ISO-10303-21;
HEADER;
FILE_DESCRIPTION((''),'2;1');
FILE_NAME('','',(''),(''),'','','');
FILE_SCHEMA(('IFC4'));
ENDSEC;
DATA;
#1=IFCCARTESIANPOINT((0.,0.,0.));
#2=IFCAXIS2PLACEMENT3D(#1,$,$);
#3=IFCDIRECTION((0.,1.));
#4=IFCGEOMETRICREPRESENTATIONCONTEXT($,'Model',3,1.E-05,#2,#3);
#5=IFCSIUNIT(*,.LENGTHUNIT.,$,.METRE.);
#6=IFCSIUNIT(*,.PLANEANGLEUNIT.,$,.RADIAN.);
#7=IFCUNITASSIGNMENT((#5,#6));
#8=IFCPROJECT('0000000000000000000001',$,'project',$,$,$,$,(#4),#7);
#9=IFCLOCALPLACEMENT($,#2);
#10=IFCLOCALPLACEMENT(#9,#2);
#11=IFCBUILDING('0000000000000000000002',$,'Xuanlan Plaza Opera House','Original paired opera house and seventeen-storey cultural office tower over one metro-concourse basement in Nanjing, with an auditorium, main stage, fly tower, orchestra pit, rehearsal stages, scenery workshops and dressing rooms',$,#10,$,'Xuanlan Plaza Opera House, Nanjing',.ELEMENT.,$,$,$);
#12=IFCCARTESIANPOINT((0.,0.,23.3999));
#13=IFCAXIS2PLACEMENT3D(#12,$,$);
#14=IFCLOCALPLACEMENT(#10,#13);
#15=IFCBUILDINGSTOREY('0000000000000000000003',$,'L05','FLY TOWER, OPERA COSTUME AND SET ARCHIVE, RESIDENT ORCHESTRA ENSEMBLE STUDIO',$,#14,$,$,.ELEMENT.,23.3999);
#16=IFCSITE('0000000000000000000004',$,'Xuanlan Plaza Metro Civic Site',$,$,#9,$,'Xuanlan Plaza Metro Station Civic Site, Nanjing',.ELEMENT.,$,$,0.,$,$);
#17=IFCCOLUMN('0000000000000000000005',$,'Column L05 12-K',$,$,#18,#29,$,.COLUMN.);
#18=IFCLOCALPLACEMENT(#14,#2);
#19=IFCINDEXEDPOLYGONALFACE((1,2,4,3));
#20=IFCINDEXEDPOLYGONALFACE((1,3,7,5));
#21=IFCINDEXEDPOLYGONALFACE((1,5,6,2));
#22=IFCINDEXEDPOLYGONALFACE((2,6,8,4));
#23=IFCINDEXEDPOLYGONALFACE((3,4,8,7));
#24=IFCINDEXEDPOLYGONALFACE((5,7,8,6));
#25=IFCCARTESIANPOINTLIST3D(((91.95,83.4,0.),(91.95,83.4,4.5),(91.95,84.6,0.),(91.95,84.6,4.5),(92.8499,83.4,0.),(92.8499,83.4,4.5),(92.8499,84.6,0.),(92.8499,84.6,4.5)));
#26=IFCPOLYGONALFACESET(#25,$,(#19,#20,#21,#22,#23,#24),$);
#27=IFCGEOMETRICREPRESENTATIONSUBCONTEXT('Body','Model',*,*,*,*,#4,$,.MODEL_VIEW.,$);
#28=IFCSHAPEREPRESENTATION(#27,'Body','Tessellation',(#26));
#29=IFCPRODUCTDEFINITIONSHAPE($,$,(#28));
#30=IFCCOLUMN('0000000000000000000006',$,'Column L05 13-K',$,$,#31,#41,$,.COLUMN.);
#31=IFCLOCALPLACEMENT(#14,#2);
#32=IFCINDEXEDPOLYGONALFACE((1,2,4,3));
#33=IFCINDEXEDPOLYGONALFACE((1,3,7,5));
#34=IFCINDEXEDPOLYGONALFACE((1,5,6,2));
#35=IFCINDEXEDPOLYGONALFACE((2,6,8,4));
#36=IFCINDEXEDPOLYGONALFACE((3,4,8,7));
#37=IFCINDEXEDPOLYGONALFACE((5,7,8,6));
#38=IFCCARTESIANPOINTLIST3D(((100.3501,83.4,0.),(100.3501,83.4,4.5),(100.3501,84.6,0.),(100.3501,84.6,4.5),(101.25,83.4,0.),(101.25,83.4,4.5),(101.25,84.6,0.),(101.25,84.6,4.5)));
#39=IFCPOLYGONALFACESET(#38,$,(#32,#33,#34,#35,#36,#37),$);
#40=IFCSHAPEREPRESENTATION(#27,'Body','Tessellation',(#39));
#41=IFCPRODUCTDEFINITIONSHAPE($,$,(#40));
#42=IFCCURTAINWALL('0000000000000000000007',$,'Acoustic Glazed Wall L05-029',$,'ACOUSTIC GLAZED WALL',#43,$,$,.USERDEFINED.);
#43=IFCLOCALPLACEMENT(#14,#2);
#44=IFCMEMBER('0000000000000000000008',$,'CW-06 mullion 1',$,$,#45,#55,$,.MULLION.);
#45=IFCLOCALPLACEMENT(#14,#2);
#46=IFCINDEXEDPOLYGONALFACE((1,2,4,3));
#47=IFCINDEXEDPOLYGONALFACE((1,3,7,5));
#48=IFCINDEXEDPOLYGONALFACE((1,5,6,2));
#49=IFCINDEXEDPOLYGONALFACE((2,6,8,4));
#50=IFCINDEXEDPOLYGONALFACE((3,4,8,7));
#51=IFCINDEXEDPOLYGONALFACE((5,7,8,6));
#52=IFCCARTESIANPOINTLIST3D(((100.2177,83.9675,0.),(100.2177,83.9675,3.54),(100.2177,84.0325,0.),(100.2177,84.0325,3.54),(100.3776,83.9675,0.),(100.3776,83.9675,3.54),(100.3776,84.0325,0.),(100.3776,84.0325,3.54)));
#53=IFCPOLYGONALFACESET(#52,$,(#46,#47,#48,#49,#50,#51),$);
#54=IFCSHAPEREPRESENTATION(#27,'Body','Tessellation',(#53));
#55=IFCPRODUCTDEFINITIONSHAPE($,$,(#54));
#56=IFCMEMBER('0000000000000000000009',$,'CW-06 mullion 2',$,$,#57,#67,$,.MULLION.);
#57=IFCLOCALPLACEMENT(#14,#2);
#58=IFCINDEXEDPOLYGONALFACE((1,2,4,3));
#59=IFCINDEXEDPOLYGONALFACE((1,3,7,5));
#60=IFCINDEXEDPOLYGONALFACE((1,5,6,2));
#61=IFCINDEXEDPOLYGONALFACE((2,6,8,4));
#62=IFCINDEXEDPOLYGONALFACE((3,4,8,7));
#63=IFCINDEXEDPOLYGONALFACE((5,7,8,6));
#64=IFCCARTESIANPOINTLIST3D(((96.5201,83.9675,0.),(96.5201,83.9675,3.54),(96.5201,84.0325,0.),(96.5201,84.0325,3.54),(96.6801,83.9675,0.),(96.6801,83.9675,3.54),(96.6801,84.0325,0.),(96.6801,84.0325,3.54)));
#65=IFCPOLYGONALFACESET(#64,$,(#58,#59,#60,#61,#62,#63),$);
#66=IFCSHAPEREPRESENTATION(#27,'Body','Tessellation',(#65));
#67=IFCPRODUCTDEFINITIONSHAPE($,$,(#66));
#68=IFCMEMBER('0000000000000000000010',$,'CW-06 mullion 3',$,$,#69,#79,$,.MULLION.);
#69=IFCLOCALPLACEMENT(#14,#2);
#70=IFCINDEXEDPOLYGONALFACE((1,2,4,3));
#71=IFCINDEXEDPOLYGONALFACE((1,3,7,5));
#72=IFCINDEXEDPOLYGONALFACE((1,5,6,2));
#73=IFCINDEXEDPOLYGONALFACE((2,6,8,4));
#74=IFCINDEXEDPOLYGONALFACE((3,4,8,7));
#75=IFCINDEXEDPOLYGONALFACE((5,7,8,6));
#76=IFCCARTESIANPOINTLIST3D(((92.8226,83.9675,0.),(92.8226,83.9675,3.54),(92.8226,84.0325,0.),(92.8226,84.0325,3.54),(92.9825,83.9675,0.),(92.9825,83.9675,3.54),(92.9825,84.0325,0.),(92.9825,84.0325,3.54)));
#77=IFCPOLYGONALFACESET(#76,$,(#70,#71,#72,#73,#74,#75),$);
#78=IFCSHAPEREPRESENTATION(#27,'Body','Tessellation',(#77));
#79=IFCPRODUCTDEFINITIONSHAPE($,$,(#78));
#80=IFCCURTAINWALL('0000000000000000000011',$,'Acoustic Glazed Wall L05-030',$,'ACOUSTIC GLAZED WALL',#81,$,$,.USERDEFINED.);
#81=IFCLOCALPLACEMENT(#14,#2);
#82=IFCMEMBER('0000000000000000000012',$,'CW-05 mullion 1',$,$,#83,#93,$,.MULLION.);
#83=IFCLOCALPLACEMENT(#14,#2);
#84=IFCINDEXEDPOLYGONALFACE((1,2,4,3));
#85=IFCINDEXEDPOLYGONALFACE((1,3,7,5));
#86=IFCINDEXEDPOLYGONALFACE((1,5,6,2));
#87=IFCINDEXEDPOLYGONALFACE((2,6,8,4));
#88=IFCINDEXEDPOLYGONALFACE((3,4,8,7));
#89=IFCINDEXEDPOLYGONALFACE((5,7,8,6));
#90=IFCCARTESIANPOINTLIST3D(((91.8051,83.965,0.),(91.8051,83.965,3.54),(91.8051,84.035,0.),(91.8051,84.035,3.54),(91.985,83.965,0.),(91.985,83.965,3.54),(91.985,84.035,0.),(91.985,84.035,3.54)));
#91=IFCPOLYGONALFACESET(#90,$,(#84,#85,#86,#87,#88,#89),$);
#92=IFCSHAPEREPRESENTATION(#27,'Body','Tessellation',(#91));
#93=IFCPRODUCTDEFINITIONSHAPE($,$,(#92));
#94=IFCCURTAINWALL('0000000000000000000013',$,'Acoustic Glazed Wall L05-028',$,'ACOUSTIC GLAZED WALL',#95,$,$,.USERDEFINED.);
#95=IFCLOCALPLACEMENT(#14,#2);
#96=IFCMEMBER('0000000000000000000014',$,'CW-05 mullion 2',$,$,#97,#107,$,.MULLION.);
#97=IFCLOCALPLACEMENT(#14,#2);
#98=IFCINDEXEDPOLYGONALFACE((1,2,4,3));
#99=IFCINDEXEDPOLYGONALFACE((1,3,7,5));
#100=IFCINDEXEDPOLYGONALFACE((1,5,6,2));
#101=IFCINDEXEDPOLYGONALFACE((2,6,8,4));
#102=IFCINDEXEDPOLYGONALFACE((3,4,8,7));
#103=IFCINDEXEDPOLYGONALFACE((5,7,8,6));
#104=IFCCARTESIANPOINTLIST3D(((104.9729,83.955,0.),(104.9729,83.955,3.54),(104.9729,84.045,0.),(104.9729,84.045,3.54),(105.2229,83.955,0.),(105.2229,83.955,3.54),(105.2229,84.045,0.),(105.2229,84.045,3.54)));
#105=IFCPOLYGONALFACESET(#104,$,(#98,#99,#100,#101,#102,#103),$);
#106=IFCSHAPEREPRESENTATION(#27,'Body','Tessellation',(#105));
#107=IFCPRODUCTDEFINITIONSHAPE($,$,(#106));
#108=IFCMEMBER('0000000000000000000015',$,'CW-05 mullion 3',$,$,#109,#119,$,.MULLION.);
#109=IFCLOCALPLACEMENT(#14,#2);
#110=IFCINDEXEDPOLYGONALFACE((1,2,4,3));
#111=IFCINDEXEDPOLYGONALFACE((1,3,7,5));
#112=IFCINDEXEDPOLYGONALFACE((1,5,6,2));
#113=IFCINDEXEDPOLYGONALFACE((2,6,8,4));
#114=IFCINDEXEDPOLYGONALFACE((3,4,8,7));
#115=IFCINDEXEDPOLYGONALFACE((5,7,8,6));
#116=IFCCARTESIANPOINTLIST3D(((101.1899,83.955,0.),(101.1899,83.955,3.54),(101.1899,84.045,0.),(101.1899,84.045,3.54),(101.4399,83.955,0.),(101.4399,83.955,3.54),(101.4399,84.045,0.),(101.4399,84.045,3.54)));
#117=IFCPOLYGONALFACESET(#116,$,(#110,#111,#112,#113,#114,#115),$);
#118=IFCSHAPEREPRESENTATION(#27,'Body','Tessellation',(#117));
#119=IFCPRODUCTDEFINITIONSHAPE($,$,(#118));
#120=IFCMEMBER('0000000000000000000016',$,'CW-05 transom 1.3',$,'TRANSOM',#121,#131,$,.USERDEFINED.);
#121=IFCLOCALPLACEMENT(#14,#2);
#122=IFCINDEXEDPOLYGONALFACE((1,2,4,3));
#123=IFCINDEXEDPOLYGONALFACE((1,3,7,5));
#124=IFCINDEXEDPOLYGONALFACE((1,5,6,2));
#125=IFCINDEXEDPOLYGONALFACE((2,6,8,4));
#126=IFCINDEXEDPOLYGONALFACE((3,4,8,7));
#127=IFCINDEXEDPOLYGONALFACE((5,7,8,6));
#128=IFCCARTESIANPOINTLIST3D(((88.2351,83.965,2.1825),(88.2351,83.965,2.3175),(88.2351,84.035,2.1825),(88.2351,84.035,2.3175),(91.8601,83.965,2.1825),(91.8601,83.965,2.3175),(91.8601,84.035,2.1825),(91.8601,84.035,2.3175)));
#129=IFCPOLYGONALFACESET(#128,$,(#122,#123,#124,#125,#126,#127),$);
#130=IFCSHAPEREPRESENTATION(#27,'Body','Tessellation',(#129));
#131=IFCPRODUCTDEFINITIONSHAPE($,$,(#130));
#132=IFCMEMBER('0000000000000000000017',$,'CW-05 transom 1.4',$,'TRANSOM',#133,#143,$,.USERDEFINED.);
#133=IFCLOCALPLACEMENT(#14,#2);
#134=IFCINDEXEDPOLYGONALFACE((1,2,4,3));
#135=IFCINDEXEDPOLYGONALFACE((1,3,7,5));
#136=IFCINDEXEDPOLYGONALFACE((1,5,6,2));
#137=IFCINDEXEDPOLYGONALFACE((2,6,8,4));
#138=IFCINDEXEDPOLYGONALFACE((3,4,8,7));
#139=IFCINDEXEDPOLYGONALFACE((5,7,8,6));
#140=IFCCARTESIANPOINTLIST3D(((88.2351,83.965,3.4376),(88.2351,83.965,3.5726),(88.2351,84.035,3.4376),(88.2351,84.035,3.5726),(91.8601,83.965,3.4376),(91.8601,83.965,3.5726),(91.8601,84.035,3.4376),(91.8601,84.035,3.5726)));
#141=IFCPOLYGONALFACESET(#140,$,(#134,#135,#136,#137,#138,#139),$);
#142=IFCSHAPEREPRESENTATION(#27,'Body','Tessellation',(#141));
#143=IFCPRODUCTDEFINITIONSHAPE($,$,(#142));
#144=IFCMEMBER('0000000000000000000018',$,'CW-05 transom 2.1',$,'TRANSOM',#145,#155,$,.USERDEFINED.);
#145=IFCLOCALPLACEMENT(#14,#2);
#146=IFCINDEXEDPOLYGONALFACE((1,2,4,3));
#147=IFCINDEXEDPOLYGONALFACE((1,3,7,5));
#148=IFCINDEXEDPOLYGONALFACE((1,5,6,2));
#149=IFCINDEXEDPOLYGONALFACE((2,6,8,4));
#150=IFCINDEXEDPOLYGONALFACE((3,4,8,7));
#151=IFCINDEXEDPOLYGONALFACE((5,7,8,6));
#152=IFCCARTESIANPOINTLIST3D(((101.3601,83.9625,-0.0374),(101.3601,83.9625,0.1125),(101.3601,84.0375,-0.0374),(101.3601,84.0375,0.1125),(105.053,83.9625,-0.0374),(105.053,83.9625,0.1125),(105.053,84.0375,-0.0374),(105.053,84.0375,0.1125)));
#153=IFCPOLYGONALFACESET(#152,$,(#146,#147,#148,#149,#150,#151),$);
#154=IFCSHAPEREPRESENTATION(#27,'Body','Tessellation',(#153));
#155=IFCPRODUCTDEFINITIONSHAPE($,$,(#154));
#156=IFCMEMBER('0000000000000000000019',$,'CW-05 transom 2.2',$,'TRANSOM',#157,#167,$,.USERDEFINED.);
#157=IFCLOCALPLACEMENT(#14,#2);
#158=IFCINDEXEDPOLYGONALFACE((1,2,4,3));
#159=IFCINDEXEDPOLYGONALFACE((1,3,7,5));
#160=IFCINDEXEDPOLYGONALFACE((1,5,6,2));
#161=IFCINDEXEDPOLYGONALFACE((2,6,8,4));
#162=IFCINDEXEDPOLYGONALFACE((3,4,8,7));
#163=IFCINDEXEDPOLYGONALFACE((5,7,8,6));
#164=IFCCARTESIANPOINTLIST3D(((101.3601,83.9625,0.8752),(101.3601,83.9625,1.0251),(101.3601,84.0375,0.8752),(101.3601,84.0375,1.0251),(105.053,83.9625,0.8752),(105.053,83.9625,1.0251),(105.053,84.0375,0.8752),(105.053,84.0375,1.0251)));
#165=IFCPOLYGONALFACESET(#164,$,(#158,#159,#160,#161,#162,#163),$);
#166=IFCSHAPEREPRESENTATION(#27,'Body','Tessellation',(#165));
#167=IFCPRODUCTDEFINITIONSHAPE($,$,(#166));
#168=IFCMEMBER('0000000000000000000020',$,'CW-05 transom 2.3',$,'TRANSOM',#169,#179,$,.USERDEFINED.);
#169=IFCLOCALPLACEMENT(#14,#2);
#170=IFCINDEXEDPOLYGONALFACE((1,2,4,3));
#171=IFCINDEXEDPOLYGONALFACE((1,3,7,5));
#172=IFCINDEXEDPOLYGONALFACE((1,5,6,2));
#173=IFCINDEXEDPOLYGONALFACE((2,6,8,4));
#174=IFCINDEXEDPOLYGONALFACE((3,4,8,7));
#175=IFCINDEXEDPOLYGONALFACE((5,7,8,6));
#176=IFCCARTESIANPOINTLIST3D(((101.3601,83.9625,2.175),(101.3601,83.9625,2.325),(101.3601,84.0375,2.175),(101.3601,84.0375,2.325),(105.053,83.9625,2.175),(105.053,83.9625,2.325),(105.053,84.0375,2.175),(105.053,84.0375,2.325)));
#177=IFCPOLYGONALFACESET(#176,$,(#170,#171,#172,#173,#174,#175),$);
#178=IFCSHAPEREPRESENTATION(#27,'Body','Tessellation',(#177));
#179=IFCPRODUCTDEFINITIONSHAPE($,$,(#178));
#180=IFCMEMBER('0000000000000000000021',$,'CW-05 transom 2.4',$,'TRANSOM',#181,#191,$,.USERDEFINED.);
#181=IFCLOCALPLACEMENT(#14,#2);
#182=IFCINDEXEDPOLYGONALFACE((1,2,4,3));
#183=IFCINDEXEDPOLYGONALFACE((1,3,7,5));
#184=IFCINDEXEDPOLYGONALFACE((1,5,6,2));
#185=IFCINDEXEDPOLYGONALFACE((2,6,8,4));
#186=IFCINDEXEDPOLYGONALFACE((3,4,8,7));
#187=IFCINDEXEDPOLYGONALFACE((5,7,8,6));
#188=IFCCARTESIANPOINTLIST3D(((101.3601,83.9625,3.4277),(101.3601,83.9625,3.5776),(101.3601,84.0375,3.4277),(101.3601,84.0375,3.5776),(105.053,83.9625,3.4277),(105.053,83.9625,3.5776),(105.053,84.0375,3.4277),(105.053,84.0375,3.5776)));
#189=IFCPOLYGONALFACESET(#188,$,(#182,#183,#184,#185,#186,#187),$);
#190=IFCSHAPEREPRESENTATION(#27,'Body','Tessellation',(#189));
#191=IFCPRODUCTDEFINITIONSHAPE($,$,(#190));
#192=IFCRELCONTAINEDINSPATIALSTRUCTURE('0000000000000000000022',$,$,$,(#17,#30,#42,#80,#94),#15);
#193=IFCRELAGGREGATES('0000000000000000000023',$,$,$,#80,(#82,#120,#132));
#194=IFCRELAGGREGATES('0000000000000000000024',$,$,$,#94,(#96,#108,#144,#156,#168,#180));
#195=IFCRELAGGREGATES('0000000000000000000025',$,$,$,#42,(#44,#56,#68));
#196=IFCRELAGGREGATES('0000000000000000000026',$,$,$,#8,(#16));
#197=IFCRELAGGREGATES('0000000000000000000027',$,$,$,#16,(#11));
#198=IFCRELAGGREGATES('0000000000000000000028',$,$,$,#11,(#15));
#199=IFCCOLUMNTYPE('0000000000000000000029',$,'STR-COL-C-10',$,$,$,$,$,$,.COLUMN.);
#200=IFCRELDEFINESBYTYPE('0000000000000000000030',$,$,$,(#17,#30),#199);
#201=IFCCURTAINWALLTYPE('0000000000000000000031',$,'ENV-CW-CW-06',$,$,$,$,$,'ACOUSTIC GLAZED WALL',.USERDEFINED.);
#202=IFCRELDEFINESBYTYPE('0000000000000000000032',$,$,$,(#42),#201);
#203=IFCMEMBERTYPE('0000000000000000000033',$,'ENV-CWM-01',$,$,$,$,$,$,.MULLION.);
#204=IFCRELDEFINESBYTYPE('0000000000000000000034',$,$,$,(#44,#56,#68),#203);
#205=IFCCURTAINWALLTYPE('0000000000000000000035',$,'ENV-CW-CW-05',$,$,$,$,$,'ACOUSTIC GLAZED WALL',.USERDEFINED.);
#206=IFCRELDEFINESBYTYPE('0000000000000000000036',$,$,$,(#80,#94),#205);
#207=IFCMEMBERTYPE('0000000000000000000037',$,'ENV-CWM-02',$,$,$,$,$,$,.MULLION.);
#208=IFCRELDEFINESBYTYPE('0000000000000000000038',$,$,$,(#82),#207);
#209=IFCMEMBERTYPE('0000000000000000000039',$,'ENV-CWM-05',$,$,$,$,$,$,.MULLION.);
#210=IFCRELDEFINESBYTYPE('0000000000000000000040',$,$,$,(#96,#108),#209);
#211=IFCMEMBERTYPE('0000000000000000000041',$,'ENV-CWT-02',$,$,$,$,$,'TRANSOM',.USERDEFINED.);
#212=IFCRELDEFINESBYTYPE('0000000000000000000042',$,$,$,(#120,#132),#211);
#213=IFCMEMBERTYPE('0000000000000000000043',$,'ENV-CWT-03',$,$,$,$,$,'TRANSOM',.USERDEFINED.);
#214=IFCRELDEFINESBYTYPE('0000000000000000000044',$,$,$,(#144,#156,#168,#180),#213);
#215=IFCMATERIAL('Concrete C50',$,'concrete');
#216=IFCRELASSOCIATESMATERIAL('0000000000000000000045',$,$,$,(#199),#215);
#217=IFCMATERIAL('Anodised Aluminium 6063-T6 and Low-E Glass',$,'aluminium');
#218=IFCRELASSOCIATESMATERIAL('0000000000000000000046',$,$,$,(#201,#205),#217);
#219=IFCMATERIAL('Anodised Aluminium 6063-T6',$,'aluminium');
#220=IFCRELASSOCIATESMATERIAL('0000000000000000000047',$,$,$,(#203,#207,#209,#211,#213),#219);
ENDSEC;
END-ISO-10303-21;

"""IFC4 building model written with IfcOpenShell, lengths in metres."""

from ifc_helpers import new_model, si_unit, direction, frame, origin, origin_2d, place, context, subcontext, project, spatial, rectangle, extrude, material, material_profile, profile_set, type_object, element, aggregate, save


model = new_model("IFC4")

# Units and contexts
model_context = context("Model", 3, precision=1e-05, world=origin(), true_north=direction((0.0, 1.0)))
body_context = subcontext(model_context, "Body", "Model", "MODEL_VIEW")
ifc_project = project(units=[si_unit("LENGTHUNIT", "METRE"), si_unit("PLANEANGLEUNIT", "RADIAN")], contexts=[model_context])

# Site, building, storey
site_placement = place(None, origin())
site = spatial("IfcSite", under=ifc_project, at=site_placement, Name="Xuanlan Plaza Metro Civic Site", LongName="Xuanlan Plaza Metro Station Civic Site, Nanjing", CompositionType="ELEMENT", RefElevation=0.0)
building_placement = place(site_placement, origin())
building = spatial("IfcBuilding", under=site, at=building_placement, Name="Xuanlan Plaza Opera House", Description="Original paired opera house and seventeen-storey cultural office tower over one metro-concourse basement in Nanjing, with an auditorium, main stage, fly tower, orchestra pit, rehearsal stages, scenery workshops and dressing rooms", LongName="Xuanlan Plaza Opera House, Nanjing", CompositionType="ELEMENT")
storey_placement = place(building_placement, frame((0.0, 0.0, 23.3999)))
storey = spatial("IfcBuildingStorey", under=building, at=storey_placement, Name="L05", Description="FLY TOWER, OPERA COSTUME AND SET ARCHIVE, RESIDENT ORCHESTRA ENSEMBLE STUDIO", CompositionType="ELEMENT", Elevation=23.3999)

# Columns
ifc_material_1 = material(Name="Concrete C50", Category="concrete")
ifc_material_profile_1 = material_profile(ifc_material_1, rectangle(XDim=0.8999, YDim=1.2, at=origin_2d()), Name="RC-COL 900x1200")
ifc_profile_set_1 = profile_set([ifc_material_profile_1], Name="Concrete C50")
column_type = type_object("IfcColumnType", Name="STR-COL-C-10", PredefinedType="COLUMN", material=ifc_profile_set_1)
for number, where, z_axis, x_axis, name in (
    (1, (92.3999, 84.0, 0.0), (0.0, 0.0, 1.0), (1.0, 0.0, 0.0), "Column L05 12-K"),
    (2, (100.8, 84.0, 0.0), (0.0, 0.0, 1.0), (1.0, 0.0, 0.0), "Column L05 13-K"),
):
    element("IfcColumn", number, at=place(storey_placement, frame(where, z_axis=z_axis, x_axis=x_axis)), inside=storey, type_object=column_type, Name=name, PredefinedType="COLUMN", context=body_context, shape_type="SweptSolid", body=[
        extrude(rectangle(XDim=0.8999, YDim=1.2, at=origin_2d()), origin(), (0.0, 0.0, 1.0), 4.5),
    ])

# Curtain wall, members
ifc_material_2 = material(Name="Anodised Aluminium 6063-T6 and Low-E Glass", Category="aluminium")
curtain_wall_type_1 = type_object("IfcCurtainWallType", Name="ENV-CW-CW-06", ElementType="ACOUSTIC GLAZED WALL", PredefinedType="USERDEFINED", material=ifc_material_2)
curtain_wall_1_placement = place(storey_placement, origin())
curtain_wall_1 = element("IfcCurtainWall", 3, at=curtain_wall_1_placement, inside=storey, type_object=curtain_wall_type_1, Name="Acoustic Glazed Wall L05-029", ObjectType="ACOUSTIC GLAZED WALL", PredefinedType="USERDEFINED")
ifc_material_3 = material(Name="Anodised Aluminium 6063-T6", Category="aluminium")
ifc_material_profile_2 = material_profile(ifc_material_3, rectangle(XDim=0.0649, YDim=0.1599, at=origin_2d()), Name="ALU-M 65x160")
ifc_profile_set_2 = profile_set([ifc_material_profile_2], Name="Anodised Aluminium 6063-T6")
member_type_1 = type_object("IfcMemberType", Name="ENV-CWM-01", PredefinedType="MULLION", material=ifc_profile_set_2)
member_1_placement = place(storey_placement, frame((100.2976, 84.0, 0.0), z_axis=(0.0, 0.0, 1.0), x_axis=(0.0, -1.0, 0.0)))
member_1 = element("IfcMember", 4, at=member_1_placement, type_object=member_type_1, Name="CW-06 mullion 1", PredefinedType="MULLION", context=body_context, shape_type="SweptSolid", body=[
    extrude(rectangle(XDim=0.0649, YDim=0.1599, at=origin_2d()), origin(), (0.0, 0.0, 1.0), 3.54),
])
member_2_placement = place(storey_placement, frame((96.6001, 84.0, 0.0), z_axis=(0.0, 0.0, 1.0), x_axis=(0.0, -1.0, 0.0)))
member_2 = element("IfcMember", 5, at=member_2_placement, type_object=member_type_1, Name="CW-06 mullion 2", PredefinedType="MULLION", context=body_context, shape_type="SweptSolid", body=[
    extrude(rectangle(XDim=0.0649, YDim=0.1599, at=origin_2d()), origin(), (0.0, 0.0, 1.0), 3.54),
])
member_3_placement = place(storey_placement, frame((92.9026, 84.0, 0.0), z_axis=(0.0, 0.0, 1.0), x_axis=(0.0, -1.0, 0.0)))
member_3 = element("IfcMember", 6, at=member_3_placement, type_object=member_type_1, Name="CW-06 mullion 3", PredefinedType="MULLION", context=body_context, shape_type="SweptSolid", body=[
    extrude(rectangle(XDim=0.0649, YDim=0.1599, at=origin_2d()), origin(), (0.0, 0.0, 1.0), 3.54),
])

# Curtain wall, member
curtain_wall_type_2 = type_object("IfcCurtainWallType", Name="ENV-CW-CW-05", ElementType="ACOUSTIC GLAZED WALL", PredefinedType="USERDEFINED", material=ifc_material_2)
curtain_wall_2_placement = place(storey_placement, origin())
curtain_wall_2 = element("IfcCurtainWall", 7, at=curtain_wall_2_placement, inside=storey, type_object=curtain_wall_type_2, Name="Acoustic Glazed Wall L05-030", ObjectType="ACOUSTIC GLAZED WALL", PredefinedType="USERDEFINED")
ifc_material_profile_3 = material_profile(ifc_material_3, rectangle(XDim=0.0701, YDim=0.1799, at=origin_2d()), Name="ALU-M 70x180")
ifc_profile_set_3 = profile_set([ifc_material_profile_3], Name="Anodised Aluminium 6063-T6")
member_type_2 = type_object("IfcMemberType", Name="ENV-CWM-02", PredefinedType="MULLION", material=ifc_profile_set_3)
member_4_placement = place(storey_placement, frame((91.895, 84.0, 0.0), z_axis=(0.0, 0.0, 1.0), x_axis=(0.0, -1.0, 0.0)))
member_4 = element("IfcMember", 8, at=member_4_placement, type_object=member_type_2, Name="CW-05 mullion 1", PredefinedType="MULLION", context=body_context, shape_type="SweptSolid", body=[
    extrude(rectangle(XDim=0.0701, YDim=0.1799, at=origin_2d()), origin(), (0.0, 0.0, 1.0), 3.54),
])

# Curtain wall, members
curtain_wall_3_placement = place(storey_placement, origin())
curtain_wall_3 = element("IfcCurtainWall", 9, at=curtain_wall_3_placement, inside=storey, type_object=curtain_wall_type_2, Name="Acoustic Glazed Wall L05-028", ObjectType="ACOUSTIC GLAZED WALL", PredefinedType="USERDEFINED")
ifc_material_profile_4 = material_profile(ifc_material_3, rectangle(XDim=0.0901, YDim=0.25, at=origin_2d()), Name="ALU-M 90x250")
ifc_profile_set_4 = profile_set([ifc_material_profile_4], Name="Anodised Aluminium 6063-T6")
member_type_3 = type_object("IfcMemberType", Name="ENV-CWM-05", PredefinedType="MULLION", material=ifc_profile_set_4)
member_5_placement = place(storey_placement, frame((105.0979, 84.0, 0.0), z_axis=(0.0, 0.0, 1.0), x_axis=(0.0, -1.0, 0.0)))
member_5 = element("IfcMember", 10, at=member_5_placement, type_object=member_type_3, Name="CW-05 mullion 2", PredefinedType="MULLION", context=body_context, shape_type="SweptSolid", body=[
    extrude(rectangle(XDim=0.0901, YDim=0.25, at=origin_2d()), origin(), (0.0, 0.0, 1.0), 3.54),
])
member_6_placement = place(storey_placement, frame((101.3149, 84.0, 0.0), z_axis=(0.0, 0.0, 1.0), x_axis=(0.0, -1.0, 0.0)))
member_6 = element("IfcMember", 11, at=member_6_placement, type_object=member_type_3, Name="CW-05 mullion 3", PredefinedType="MULLION", context=body_context, shape_type="SweptSolid", body=[
    extrude(rectangle(XDim=0.0901, YDim=0.25, at=origin_2d()), origin(), (0.0, 0.0, 1.0), 3.54),
])

# Members
ifc_material_profile_5 = material_profile(ifc_material_3, rectangle(XDim=0.0701, YDim=0.135, at=origin_2d()), Name="ALU-T 70x135")
ifc_profile_set_5 = profile_set([ifc_material_profile_5], Name="Anodised Aluminium 6063-T6")
member_type_4 = type_object("IfcMemberType", Name="ENV-CWT-02", ElementType="TRANSOM", PredefinedType="USERDEFINED", material=ifc_profile_set_5)
member_7_placement = place(storey_placement, frame((91.8601, 84.0, 2.25), z_axis=(-1.0, 0.0, 0.0), x_axis=(0.0, -1.0, 0.0)))
member_7 = element("IfcMember", 12, at=member_7_placement, type_object=member_type_4, Name="CW-05 transom 1.3", ObjectType="TRANSOM", PredefinedType="USERDEFINED", context=body_context, shape_type="SweptSolid", body=[
    extrude(rectangle(XDim=0.0701, YDim=0.135, at=origin_2d()), origin(), (0.0, 0.0, 1.0), 3.625),
])
member_8_placement = place(storey_placement, frame((91.8601, 84.0, 3.5051), z_axis=(-1.0, 0.0, 0.0), x_axis=(0.0, -1.0, 0.0)))
member_8 = element("IfcMember", 13, at=member_8_placement, type_object=member_type_4, Name="CW-05 transom 1.4", ObjectType="TRANSOM", PredefinedType="USERDEFINED", context=body_context, shape_type="SweptSolid", body=[
    extrude(rectangle(XDim=0.0701, YDim=0.135, at=origin_2d()), origin(), (0.0, 0.0, 1.0), 3.625),
])
aggregate(curtain_wall_2, [member_4, member_7, member_8])
ifc_material_profile_6 = material_profile(ifc_material_3, rectangle(XDim=0.075, YDim=0.1499, at=origin_2d()), Name="ALU-T 75x150")
ifc_profile_set_6 = profile_set([ifc_material_profile_6], Name="Anodised Aluminium 6063-T6")
member_type_5 = type_object("IfcMemberType", Name="ENV-CWT-03", ElementType="TRANSOM", PredefinedType="USERDEFINED", material=ifc_profile_set_6)
member_9_placement = place(storey_placement, frame((105.053, 84.0, 0.0376), z_axis=(-1.0, 0.0, 0.0), x_axis=(0.0, -1.0, 0.0)))
member_9 = element("IfcMember", 14, at=member_9_placement, type_object=member_type_5, Name="CW-05 transom 2.1", ObjectType="TRANSOM", PredefinedType="USERDEFINED", context=body_context, shape_type="SweptSolid", body=[
    extrude(rectangle(XDim=0.075, YDim=0.1499, at=origin_2d()), origin(), (0.0, 0.0, 1.0), 3.6929),
])
member_10_placement = place(storey_placement, frame((105.053, 84.0, 0.9502), z_axis=(-1.0, 0.0, 0.0), x_axis=(0.0, -1.0, 0.0)))
member_10 = element("IfcMember", 15, at=member_10_placement, type_object=member_type_5, Name="CW-05 transom 2.2", ObjectType="TRANSOM", PredefinedType="USERDEFINED", context=body_context, shape_type="SweptSolid", body=[
    extrude(rectangle(XDim=0.075, YDim=0.1499, at=origin_2d()), origin(), (0.0, 0.0, 1.0), 3.6929),
])
member_11_placement = place(storey_placement, frame((105.053, 84.0, 2.25), z_axis=(-1.0, 0.0, 0.0), x_axis=(0.0, -1.0, 0.0)))
member_11 = element("IfcMember", 16, at=member_11_placement, type_object=member_type_5, Name="CW-05 transom 2.3", ObjectType="TRANSOM", PredefinedType="USERDEFINED", context=body_context, shape_type="SweptSolid", body=[
    extrude(rectangle(XDim=0.075, YDim=0.1499, at=origin_2d()), origin(), (0.0, 0.0, 1.0), 3.6929),
])
member_12_placement = place(storey_placement, frame((105.053, 84.0, 3.5027), z_axis=(-1.0, 0.0, 0.0), x_axis=(0.0, -1.0, 0.0)))
member_12 = element("IfcMember", 17, at=member_12_placement, type_object=member_type_5, Name="CW-05 transom 2.4", ObjectType="TRANSOM", PredefinedType="USERDEFINED", context=body_context, shape_type="SweptSolid", body=[
    extrude(rectangle(XDim=0.075, YDim=0.1499, at=origin_2d()), origin(), (0.0, 0.0, 1.0), 3.6929),
])

aggregate(curtain_wall_3, [member_5, member_6, member_9, member_10, member_11, member_12])
aggregate(curtain_wall_1, [member_1, member_2, member_3])

save(model, "model.ifc")
